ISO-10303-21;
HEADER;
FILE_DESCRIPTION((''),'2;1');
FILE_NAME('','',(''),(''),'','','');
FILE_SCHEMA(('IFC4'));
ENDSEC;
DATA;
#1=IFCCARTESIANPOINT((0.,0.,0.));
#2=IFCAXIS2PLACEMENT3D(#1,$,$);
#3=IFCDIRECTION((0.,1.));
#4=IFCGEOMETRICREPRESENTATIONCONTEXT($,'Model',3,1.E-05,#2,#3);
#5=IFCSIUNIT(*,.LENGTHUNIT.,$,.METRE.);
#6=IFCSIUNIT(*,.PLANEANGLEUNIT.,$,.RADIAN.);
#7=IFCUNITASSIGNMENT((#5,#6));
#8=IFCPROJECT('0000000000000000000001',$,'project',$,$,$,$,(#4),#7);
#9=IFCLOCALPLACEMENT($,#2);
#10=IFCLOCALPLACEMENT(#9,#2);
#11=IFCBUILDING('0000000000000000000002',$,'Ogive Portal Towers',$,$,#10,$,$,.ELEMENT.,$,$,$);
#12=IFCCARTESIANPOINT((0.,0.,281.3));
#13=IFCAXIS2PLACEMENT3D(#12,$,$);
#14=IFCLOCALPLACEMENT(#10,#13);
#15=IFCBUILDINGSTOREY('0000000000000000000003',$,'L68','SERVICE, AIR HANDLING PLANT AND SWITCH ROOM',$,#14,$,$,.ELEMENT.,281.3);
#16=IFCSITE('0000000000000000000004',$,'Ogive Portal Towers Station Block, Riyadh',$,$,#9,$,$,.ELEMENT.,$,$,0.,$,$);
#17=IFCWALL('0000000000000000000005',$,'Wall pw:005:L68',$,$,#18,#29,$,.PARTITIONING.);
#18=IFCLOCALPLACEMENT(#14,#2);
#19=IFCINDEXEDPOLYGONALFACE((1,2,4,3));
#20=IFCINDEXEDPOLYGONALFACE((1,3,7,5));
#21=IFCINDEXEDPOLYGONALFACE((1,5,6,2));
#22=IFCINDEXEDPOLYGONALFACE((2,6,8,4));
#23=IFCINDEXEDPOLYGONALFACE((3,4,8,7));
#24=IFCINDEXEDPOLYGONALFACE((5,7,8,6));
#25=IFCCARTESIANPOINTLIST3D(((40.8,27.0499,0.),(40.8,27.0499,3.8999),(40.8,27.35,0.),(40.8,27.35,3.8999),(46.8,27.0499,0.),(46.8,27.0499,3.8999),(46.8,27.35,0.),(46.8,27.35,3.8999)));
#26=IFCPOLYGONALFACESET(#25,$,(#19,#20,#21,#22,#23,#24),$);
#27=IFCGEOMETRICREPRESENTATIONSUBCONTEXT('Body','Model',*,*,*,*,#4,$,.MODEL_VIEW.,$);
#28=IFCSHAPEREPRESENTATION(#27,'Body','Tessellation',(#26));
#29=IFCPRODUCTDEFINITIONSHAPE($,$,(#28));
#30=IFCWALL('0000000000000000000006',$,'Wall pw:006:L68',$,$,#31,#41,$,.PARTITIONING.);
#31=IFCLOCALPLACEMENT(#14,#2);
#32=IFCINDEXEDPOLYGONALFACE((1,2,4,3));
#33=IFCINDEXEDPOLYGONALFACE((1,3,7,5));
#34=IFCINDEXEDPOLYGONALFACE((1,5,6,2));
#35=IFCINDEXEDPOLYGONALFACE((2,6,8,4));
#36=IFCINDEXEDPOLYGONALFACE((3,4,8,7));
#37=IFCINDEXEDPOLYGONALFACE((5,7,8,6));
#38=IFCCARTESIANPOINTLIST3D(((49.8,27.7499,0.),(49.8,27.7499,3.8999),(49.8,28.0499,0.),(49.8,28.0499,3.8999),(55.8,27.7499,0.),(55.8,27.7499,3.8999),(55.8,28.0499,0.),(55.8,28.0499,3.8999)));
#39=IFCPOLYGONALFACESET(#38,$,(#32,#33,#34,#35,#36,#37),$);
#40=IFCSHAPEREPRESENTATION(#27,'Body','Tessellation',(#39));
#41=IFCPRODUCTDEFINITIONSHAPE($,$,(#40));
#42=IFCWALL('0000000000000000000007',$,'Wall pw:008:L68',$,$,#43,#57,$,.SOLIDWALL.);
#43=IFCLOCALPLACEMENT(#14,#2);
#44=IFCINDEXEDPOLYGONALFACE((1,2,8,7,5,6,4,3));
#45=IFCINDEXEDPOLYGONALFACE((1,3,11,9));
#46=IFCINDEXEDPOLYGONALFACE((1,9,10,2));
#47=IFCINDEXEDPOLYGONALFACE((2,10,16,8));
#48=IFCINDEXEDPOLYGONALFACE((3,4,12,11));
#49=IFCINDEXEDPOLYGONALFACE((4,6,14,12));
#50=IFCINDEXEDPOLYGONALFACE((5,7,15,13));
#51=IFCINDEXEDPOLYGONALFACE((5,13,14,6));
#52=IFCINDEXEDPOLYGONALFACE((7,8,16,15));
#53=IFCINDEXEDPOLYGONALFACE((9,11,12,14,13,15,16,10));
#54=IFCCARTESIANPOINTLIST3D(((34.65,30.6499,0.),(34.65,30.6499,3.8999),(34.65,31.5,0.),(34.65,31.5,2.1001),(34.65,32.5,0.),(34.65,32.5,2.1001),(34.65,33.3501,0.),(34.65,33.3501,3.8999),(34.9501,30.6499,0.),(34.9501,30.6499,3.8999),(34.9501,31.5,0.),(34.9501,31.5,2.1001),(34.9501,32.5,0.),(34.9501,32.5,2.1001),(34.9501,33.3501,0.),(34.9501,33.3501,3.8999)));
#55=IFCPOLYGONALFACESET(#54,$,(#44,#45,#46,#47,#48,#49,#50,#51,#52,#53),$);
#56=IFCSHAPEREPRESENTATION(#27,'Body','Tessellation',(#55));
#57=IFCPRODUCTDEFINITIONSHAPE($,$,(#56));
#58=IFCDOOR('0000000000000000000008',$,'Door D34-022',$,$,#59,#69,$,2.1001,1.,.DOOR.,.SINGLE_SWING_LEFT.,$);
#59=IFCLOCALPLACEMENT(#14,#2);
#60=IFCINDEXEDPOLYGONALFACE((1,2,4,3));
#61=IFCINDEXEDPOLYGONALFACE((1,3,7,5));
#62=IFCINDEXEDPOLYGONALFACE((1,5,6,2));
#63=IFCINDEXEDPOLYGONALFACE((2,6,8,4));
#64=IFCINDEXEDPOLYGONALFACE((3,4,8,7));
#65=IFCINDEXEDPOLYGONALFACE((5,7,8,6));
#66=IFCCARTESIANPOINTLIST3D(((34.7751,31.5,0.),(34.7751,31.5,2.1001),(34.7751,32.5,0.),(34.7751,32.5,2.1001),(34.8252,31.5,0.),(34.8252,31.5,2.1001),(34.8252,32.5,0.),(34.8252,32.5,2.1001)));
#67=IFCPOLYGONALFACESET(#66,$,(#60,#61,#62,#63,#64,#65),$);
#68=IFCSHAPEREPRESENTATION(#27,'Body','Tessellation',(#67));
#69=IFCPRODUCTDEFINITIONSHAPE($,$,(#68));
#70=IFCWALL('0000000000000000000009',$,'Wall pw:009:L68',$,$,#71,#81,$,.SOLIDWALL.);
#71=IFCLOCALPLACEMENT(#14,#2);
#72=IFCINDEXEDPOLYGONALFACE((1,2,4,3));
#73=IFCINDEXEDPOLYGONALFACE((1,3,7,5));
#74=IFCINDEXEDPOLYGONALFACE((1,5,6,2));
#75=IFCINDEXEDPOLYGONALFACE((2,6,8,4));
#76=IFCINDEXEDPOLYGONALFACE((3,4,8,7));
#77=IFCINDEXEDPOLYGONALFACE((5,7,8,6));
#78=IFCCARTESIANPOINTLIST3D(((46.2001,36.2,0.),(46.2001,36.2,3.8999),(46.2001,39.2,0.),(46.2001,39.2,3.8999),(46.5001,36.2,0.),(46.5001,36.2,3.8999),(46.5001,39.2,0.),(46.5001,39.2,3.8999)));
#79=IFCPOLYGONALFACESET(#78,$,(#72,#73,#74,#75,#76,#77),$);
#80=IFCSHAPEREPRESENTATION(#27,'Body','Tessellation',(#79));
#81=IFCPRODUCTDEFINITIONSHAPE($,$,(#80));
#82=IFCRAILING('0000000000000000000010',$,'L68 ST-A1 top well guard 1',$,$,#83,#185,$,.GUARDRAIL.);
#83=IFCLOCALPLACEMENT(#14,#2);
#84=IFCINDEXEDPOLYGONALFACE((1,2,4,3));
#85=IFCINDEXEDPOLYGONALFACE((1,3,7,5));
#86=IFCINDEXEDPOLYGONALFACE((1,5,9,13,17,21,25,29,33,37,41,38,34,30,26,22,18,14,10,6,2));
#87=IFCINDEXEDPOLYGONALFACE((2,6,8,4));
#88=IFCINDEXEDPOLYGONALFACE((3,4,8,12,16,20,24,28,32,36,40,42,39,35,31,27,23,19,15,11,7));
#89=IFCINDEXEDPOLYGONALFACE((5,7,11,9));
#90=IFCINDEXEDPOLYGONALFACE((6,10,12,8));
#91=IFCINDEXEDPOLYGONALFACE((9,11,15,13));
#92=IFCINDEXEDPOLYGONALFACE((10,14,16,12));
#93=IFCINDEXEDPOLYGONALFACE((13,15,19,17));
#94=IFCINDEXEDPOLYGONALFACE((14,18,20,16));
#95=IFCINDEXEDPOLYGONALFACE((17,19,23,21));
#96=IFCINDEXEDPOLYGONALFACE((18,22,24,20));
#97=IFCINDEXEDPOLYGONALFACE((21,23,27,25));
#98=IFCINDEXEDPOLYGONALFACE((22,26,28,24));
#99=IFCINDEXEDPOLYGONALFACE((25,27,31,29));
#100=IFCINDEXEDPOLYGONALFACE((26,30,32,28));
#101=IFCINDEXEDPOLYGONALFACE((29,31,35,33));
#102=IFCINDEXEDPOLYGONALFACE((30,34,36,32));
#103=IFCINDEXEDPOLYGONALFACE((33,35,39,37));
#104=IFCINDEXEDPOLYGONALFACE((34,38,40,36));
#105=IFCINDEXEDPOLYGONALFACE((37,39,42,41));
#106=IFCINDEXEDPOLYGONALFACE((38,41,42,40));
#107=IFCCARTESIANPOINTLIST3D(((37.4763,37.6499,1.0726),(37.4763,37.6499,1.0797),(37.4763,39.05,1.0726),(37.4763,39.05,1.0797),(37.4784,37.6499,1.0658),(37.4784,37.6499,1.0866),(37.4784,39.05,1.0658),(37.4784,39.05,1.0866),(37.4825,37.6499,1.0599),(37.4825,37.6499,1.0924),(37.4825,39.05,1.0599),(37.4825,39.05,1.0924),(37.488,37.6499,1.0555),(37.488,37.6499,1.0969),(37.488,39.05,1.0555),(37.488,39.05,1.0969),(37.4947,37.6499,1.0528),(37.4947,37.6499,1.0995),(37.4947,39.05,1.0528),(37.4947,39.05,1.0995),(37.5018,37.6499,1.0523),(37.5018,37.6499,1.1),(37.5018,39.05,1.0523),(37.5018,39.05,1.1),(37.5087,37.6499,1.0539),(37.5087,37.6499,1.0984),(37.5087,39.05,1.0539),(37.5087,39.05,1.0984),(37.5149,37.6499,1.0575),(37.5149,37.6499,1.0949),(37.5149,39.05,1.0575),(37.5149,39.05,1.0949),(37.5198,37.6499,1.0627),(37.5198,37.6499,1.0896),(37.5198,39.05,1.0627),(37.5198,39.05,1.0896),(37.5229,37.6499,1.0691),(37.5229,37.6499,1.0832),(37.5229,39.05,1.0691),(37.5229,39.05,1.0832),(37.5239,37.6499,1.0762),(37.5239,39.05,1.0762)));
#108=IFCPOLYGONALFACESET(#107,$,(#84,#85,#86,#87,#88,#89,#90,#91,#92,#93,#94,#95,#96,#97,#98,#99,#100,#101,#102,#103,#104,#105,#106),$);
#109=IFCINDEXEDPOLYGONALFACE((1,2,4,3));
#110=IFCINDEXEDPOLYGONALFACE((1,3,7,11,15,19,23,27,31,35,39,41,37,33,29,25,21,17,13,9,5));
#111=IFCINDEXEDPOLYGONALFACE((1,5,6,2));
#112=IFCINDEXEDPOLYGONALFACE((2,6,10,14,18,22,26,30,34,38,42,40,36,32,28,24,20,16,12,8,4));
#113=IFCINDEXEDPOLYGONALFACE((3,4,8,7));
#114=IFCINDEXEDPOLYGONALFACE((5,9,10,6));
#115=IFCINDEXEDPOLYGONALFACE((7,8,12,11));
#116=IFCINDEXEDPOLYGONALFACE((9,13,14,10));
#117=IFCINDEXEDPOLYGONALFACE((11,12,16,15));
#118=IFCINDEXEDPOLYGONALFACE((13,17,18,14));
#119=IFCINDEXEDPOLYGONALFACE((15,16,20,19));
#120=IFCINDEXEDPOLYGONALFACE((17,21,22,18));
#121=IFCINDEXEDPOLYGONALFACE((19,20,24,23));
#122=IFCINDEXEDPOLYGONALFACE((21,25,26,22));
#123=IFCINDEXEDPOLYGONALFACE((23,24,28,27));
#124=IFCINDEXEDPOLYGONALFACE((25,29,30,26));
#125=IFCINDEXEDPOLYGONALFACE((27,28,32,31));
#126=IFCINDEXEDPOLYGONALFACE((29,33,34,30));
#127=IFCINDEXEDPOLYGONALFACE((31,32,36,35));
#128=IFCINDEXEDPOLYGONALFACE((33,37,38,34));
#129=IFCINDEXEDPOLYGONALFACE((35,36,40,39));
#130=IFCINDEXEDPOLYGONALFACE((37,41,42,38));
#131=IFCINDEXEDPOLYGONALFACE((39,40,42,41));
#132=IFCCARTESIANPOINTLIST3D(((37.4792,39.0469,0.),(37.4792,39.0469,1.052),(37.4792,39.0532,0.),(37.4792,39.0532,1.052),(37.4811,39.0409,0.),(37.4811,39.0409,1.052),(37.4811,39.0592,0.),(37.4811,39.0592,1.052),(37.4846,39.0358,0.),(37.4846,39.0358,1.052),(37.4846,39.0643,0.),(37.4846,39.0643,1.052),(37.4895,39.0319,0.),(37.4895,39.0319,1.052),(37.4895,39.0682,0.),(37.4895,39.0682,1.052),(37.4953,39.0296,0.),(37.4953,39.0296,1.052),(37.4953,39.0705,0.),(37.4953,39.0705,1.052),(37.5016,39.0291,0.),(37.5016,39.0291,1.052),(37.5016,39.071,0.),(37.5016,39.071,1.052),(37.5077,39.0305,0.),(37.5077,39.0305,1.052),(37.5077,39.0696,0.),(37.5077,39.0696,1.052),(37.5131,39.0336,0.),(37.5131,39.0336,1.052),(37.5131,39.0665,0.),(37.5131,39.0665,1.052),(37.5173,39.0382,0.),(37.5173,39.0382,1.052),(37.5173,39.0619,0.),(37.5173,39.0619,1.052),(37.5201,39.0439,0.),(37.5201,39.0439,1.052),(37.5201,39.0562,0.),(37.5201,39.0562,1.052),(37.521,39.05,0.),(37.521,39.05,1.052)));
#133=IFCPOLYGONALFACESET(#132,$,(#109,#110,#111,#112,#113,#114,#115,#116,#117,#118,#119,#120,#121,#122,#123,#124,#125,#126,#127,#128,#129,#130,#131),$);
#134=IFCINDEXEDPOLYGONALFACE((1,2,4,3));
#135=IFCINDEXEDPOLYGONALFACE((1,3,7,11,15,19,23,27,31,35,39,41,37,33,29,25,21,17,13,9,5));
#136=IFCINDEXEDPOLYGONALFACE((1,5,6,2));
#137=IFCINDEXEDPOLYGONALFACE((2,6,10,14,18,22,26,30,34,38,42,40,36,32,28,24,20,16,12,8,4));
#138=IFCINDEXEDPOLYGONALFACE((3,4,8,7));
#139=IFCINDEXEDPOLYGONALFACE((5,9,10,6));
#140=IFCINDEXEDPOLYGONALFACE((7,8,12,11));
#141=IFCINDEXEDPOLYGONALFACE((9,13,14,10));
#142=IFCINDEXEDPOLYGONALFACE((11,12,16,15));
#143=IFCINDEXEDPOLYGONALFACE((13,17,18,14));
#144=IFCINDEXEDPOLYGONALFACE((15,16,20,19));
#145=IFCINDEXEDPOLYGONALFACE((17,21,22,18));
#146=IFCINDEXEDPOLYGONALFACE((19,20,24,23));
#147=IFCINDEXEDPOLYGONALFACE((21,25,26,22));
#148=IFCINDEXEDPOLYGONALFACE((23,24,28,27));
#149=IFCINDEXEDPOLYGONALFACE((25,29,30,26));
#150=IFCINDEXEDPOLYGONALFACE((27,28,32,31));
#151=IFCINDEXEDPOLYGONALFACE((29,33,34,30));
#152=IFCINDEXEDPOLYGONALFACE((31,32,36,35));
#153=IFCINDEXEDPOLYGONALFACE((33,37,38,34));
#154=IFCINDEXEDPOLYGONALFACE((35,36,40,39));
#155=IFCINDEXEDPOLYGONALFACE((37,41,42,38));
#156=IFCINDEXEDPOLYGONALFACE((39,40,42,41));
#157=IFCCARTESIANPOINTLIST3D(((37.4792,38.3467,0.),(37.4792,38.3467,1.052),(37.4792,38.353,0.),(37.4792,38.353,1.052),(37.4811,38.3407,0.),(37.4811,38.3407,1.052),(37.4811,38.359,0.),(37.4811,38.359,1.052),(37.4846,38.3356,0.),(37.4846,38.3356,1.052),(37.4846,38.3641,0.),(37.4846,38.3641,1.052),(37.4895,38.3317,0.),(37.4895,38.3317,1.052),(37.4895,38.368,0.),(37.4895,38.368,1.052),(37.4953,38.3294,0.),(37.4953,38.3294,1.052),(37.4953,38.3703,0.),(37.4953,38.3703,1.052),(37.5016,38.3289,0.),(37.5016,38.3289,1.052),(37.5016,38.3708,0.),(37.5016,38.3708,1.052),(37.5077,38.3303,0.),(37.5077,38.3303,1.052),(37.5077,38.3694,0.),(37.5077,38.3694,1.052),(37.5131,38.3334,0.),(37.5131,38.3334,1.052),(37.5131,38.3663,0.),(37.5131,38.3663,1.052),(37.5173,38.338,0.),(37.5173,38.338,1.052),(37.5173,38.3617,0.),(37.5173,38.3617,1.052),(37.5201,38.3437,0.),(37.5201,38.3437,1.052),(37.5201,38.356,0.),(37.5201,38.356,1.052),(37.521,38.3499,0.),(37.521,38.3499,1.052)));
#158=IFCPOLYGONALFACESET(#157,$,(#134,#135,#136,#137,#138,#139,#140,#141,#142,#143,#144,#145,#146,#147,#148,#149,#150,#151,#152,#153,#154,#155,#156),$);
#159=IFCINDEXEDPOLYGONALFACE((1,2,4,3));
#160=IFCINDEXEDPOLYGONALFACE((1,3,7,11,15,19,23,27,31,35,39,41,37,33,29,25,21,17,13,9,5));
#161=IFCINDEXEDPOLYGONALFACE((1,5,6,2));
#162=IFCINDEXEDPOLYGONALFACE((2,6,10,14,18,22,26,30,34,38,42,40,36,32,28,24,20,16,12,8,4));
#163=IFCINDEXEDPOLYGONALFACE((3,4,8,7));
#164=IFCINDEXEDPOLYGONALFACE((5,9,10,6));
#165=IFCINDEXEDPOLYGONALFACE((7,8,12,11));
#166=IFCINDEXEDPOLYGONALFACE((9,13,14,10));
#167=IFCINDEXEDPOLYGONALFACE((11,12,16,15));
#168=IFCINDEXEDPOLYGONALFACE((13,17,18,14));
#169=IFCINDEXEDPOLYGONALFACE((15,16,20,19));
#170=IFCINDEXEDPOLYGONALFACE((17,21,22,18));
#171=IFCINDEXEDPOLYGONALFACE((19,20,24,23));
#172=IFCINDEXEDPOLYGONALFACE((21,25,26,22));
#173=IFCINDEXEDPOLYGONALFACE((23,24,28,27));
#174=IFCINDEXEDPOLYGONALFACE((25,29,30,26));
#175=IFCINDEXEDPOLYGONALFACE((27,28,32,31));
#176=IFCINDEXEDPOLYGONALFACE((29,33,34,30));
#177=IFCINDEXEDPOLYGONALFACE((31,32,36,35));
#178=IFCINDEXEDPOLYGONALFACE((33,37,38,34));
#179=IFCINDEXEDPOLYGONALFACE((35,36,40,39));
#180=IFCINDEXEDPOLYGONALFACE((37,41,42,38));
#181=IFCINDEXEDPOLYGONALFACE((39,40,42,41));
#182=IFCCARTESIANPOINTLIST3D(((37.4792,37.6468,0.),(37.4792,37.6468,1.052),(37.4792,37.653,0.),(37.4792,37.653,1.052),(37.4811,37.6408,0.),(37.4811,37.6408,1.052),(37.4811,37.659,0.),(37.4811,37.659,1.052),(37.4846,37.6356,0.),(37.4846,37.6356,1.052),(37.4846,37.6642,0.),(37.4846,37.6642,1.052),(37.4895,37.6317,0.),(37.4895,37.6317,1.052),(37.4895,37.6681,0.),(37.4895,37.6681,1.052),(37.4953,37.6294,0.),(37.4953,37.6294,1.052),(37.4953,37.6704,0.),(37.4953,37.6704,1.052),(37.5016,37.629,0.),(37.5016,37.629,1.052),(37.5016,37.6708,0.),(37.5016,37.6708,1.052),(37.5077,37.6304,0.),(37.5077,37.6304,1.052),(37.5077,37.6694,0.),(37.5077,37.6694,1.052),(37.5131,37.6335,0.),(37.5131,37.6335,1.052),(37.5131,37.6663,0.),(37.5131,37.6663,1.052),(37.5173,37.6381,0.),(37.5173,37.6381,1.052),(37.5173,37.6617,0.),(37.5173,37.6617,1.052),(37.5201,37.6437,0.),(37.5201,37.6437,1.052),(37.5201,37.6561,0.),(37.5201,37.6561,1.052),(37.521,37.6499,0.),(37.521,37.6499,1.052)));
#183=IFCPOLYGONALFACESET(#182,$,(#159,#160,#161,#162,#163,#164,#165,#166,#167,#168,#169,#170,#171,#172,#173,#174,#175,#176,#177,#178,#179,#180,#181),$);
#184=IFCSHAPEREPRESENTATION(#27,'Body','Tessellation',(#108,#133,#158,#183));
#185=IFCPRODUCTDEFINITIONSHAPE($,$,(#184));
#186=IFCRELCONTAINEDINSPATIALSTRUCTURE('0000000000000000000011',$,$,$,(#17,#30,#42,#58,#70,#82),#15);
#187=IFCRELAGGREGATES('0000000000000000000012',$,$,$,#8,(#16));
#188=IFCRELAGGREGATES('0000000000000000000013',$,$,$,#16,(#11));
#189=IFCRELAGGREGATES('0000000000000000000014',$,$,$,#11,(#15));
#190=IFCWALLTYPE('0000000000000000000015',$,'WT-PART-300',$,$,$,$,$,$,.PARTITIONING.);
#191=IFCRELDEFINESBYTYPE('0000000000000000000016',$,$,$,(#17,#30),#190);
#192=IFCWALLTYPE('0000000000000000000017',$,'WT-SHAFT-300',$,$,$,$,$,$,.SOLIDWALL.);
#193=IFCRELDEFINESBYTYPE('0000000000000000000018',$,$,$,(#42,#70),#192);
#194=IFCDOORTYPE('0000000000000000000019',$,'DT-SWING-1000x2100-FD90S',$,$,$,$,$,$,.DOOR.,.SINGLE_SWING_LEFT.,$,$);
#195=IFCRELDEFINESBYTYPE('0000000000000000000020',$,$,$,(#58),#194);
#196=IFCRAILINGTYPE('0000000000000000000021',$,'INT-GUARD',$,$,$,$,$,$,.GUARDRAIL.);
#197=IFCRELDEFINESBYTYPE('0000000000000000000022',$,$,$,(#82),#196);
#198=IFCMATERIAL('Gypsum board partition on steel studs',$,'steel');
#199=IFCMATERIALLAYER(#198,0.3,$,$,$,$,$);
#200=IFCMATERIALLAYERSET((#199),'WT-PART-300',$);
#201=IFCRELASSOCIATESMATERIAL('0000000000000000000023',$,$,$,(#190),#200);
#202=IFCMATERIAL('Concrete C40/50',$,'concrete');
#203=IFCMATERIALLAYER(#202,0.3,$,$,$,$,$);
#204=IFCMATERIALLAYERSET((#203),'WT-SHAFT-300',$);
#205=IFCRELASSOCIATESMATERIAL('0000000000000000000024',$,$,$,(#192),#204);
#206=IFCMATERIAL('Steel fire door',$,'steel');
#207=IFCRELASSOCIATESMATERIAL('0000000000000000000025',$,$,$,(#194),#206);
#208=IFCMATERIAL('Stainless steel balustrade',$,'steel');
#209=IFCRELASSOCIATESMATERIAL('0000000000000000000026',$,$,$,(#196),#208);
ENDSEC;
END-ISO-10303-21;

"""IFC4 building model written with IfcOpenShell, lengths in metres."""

from ifc_helpers import new_model, si_unit, direction, frame, frame_2d, origin, origin_2d, place, context, subcontext, project, spatial, rectangle, circle, extrude, material, layer, layer_set, type_object, element, fill, save


model = new_model("IFC4")

# Units and contexts
model_context = context("Model", 3, precision=1e-05, world=origin(), true_north=direction((0.0, 1.0)))
body_context = subcontext(model_context, "Body", "Model", "MODEL_VIEW")
ifc_project = project(units=[si_unit("LENGTHUNIT", "METRE"), si_unit("PLANEANGLEUNIT", "RADIAN")], contexts=[model_context])

# Site, building, storey
site_placement = place(None, origin())
site = spatial("IfcSite", under=ifc_project, at=site_placement, Name="Ogive Portal Towers Station Block, Riyadh", CompositionType="ELEMENT", RefElevation=0.0)
building_placement = place(site_placement, origin())
building = spatial("IfcBuilding", under=site, at=building_placement, Name="Ogive Portal Towers", CompositionType="ELEMENT")
storey_placement = place(building_placement, frame((0.0, 0.0, 281.3)))
storey = spatial("IfcBuildingStorey", under=building, at=storey_placement, Name="L68", Description="SERVICE, AIR HANDLING PLANT AND SWITCH ROOM", CompositionType="ELEMENT", Elevation=281.3)

# Shared definitions
ifc_material_1 = material(Name="Steel fire door", Category="steel")

# Shared definitions
ifc_material_2 = material(Name="Gypsum board partition on steel studs", Category="steel")
ifc_layer_1 = layer(ifc_material_2, 0.3)
ifc_layer_set_1 = layer_set([ifc_layer_1], Name="WT-PART-300")
wall_type_1 = type_object("IfcWallType", Name="WT-PART-300", PredefinedType="PARTITIONING", material=ifc_layer_set_1)

# Walls
for number, where, z_axis, x_axis, name in (
    (1, (40.8, 27.2, 0.0), (0.0, 0.0, 1.0), (1.0, 0.0, 0.0), "Wall pw:005:L68"),
    (2, (49.8, 27.8999, 0.0), (0.0, 0.0, 1.0), (1.0, 0.0, 0.0), "Wall pw:006:L68"),
):
    element("IfcWall", number, at=place(storey_placement, frame(where, z_axis=z_axis, x_axis=x_axis)), inside=storey, type_object=wall_type_1, Name=name, PredefinedType="PARTITIONING", context=body_context, shape_type="SweptSolid", body=[
        extrude(rectangle(XDim=6.0, YDim=0.3, at=frame_2d((3.0, 0.0))), origin(), (0.0, 0.0, 1.0), 3.8999),
    ])

# Wall, opening, door
ifc_material_3 = material(Name="Concrete C40/50", Category="concrete")
ifc_layer_2 = layer(ifc_material_3, 0.3)
ifc_layer_set_2 = layer_set([ifc_layer_2], Name="WT-SHAFT-300")
wall_type_2 = type_object("IfcWallType", Name="WT-SHAFT-300", PredefinedType="SOLIDWALL", material=ifc_layer_set_2)
wall_1_placement = place(storey_placement, frame((34.8, 30.6499, 0.0), z_axis=(0.0, 0.0, 1.0), x_axis=(0.0, 1.0, 0.0)))
wall_1 = element("IfcWall", 3, at=wall_1_placement, inside=storey, type_object=wall_type_2, Name="Wall pw:008:L68", PredefinedType="SOLIDWALL", context=body_context, shape_type="SweptSolid", body=[
    extrude(rectangle(XDim=2.7002, YDim=0.3, at=frame_2d((1.3501, 0.0))), origin(), (0.0, 0.0, 1.0), 3.8999),
])
opening_1_placement = place(wall_1_placement, frame((0.8501, 0.0, 0.0)))
opening_1 = element("IfcOpeningElement", 4, at=opening_1_placement, cuts=wall_1, PredefinedType="OPENING", context=body_context, shape_type="SweptSolid", body=[
    extrude(rectangle(XDim=1.0, YDim=2.1001, at=frame_2d((0.5, 1.05))), frame((0.0, 0.1602, 0.0), z_axis=(0.0, -1.0, 0.0), x_axis=(1.0, 0.0, 0.0)), (0.0, 0.0, 1.0), 0.3201),
])
door_type_1 = type_object("IfcDoorType", Name="DT-SWING-1000x2100-FD90S", OperationType="SINGLE_SWING_LEFT", PredefinedType="DOOR", material=ifc_material_1)
door_1_placement = place(opening_1_placement, origin())
door_1 = element("IfcDoor", 5, at=door_1_placement, inside=storey, type_object=door_type_1, Name="Door D34-022", OperationType="SINGLE_SWING_LEFT", OverallHeight=2.1001, OverallWidth=1.0, PredefinedType="DOOR", context=body_context, shape_type="SweptSolid", body=[
    extrude(rectangle(XDim=1.0, YDim=2.1001, at=frame_2d((0.5, 1.05))), frame((0.0, 0.0249, 0.0), z_axis=(0.0, -1.0, 0.0), x_axis=(1.0, 0.0, 0.0)), (0.0, 0.0, 1.0), 0.05),
])
fill(opening_1, door_1)

# Wall
wall_2_placement = place(storey_placement, frame((46.3501, 36.2, 0.0), z_axis=(0.0, 0.0, 1.0), x_axis=(0.0, 1.0, 0.0)))
element("IfcWall", 6, at=wall_2_placement, inside=storey, type_object=wall_type_2, Name="Wall pw:009:L68", PredefinedType="SOLIDWALL", context=body_context, shape_type="SweptSolid", body=[
    extrude(rectangle(XDim=3.0, YDim=0.3, at=frame_2d((1.5, 0.0))), origin(), (0.0, 0.0, 1.0), 3.8999),
])

# Railing
ifc_material_4 = material(Name="Stainless steel balustrade", Category="steel")
railing_type = type_object("IfcRailingType", Name="INT-GUARD", PredefinedType="GUARDRAIL", material=ifc_material_4)
railing_1_placement = place(storey_placement, frame((37.5, 39.05, 0.0)))
element("IfcRailing", 7, at=railing_1_placement, inside=storey, type_object=railing_type, Name="L68 ST-A1 top well guard 1", PredefinedType="GUARDRAIL", context=body_context, shape_type="SweptSolid", body=[
    extrude(circle(Radius=0.0239, at=origin_2d()), frame((0.0, 0.0, 1.0762), z_axis=(0.0, -1.0, 0.0), x_axis=(1.0, 0.0, 0.0)), (0.0, 0.0, 1.0), 1.4001),
    extrude(circle(Radius=0.021, at=origin_2d()), origin(), (0.0, 0.0, 1.0), 1.052),
    extrude(circle(Radius=0.021, at=origin_2d()), frame((0.0, -0.7002, 0.0)), (0.0, 0.0, 1.0), 1.052),
    extrude(circle(Radius=0.021, at=origin_2d()), frame((0.0, -1.4001, 0.0)), (0.0, 0.0, 1.0), 1.052),
])

save(model, "model.ifc")
